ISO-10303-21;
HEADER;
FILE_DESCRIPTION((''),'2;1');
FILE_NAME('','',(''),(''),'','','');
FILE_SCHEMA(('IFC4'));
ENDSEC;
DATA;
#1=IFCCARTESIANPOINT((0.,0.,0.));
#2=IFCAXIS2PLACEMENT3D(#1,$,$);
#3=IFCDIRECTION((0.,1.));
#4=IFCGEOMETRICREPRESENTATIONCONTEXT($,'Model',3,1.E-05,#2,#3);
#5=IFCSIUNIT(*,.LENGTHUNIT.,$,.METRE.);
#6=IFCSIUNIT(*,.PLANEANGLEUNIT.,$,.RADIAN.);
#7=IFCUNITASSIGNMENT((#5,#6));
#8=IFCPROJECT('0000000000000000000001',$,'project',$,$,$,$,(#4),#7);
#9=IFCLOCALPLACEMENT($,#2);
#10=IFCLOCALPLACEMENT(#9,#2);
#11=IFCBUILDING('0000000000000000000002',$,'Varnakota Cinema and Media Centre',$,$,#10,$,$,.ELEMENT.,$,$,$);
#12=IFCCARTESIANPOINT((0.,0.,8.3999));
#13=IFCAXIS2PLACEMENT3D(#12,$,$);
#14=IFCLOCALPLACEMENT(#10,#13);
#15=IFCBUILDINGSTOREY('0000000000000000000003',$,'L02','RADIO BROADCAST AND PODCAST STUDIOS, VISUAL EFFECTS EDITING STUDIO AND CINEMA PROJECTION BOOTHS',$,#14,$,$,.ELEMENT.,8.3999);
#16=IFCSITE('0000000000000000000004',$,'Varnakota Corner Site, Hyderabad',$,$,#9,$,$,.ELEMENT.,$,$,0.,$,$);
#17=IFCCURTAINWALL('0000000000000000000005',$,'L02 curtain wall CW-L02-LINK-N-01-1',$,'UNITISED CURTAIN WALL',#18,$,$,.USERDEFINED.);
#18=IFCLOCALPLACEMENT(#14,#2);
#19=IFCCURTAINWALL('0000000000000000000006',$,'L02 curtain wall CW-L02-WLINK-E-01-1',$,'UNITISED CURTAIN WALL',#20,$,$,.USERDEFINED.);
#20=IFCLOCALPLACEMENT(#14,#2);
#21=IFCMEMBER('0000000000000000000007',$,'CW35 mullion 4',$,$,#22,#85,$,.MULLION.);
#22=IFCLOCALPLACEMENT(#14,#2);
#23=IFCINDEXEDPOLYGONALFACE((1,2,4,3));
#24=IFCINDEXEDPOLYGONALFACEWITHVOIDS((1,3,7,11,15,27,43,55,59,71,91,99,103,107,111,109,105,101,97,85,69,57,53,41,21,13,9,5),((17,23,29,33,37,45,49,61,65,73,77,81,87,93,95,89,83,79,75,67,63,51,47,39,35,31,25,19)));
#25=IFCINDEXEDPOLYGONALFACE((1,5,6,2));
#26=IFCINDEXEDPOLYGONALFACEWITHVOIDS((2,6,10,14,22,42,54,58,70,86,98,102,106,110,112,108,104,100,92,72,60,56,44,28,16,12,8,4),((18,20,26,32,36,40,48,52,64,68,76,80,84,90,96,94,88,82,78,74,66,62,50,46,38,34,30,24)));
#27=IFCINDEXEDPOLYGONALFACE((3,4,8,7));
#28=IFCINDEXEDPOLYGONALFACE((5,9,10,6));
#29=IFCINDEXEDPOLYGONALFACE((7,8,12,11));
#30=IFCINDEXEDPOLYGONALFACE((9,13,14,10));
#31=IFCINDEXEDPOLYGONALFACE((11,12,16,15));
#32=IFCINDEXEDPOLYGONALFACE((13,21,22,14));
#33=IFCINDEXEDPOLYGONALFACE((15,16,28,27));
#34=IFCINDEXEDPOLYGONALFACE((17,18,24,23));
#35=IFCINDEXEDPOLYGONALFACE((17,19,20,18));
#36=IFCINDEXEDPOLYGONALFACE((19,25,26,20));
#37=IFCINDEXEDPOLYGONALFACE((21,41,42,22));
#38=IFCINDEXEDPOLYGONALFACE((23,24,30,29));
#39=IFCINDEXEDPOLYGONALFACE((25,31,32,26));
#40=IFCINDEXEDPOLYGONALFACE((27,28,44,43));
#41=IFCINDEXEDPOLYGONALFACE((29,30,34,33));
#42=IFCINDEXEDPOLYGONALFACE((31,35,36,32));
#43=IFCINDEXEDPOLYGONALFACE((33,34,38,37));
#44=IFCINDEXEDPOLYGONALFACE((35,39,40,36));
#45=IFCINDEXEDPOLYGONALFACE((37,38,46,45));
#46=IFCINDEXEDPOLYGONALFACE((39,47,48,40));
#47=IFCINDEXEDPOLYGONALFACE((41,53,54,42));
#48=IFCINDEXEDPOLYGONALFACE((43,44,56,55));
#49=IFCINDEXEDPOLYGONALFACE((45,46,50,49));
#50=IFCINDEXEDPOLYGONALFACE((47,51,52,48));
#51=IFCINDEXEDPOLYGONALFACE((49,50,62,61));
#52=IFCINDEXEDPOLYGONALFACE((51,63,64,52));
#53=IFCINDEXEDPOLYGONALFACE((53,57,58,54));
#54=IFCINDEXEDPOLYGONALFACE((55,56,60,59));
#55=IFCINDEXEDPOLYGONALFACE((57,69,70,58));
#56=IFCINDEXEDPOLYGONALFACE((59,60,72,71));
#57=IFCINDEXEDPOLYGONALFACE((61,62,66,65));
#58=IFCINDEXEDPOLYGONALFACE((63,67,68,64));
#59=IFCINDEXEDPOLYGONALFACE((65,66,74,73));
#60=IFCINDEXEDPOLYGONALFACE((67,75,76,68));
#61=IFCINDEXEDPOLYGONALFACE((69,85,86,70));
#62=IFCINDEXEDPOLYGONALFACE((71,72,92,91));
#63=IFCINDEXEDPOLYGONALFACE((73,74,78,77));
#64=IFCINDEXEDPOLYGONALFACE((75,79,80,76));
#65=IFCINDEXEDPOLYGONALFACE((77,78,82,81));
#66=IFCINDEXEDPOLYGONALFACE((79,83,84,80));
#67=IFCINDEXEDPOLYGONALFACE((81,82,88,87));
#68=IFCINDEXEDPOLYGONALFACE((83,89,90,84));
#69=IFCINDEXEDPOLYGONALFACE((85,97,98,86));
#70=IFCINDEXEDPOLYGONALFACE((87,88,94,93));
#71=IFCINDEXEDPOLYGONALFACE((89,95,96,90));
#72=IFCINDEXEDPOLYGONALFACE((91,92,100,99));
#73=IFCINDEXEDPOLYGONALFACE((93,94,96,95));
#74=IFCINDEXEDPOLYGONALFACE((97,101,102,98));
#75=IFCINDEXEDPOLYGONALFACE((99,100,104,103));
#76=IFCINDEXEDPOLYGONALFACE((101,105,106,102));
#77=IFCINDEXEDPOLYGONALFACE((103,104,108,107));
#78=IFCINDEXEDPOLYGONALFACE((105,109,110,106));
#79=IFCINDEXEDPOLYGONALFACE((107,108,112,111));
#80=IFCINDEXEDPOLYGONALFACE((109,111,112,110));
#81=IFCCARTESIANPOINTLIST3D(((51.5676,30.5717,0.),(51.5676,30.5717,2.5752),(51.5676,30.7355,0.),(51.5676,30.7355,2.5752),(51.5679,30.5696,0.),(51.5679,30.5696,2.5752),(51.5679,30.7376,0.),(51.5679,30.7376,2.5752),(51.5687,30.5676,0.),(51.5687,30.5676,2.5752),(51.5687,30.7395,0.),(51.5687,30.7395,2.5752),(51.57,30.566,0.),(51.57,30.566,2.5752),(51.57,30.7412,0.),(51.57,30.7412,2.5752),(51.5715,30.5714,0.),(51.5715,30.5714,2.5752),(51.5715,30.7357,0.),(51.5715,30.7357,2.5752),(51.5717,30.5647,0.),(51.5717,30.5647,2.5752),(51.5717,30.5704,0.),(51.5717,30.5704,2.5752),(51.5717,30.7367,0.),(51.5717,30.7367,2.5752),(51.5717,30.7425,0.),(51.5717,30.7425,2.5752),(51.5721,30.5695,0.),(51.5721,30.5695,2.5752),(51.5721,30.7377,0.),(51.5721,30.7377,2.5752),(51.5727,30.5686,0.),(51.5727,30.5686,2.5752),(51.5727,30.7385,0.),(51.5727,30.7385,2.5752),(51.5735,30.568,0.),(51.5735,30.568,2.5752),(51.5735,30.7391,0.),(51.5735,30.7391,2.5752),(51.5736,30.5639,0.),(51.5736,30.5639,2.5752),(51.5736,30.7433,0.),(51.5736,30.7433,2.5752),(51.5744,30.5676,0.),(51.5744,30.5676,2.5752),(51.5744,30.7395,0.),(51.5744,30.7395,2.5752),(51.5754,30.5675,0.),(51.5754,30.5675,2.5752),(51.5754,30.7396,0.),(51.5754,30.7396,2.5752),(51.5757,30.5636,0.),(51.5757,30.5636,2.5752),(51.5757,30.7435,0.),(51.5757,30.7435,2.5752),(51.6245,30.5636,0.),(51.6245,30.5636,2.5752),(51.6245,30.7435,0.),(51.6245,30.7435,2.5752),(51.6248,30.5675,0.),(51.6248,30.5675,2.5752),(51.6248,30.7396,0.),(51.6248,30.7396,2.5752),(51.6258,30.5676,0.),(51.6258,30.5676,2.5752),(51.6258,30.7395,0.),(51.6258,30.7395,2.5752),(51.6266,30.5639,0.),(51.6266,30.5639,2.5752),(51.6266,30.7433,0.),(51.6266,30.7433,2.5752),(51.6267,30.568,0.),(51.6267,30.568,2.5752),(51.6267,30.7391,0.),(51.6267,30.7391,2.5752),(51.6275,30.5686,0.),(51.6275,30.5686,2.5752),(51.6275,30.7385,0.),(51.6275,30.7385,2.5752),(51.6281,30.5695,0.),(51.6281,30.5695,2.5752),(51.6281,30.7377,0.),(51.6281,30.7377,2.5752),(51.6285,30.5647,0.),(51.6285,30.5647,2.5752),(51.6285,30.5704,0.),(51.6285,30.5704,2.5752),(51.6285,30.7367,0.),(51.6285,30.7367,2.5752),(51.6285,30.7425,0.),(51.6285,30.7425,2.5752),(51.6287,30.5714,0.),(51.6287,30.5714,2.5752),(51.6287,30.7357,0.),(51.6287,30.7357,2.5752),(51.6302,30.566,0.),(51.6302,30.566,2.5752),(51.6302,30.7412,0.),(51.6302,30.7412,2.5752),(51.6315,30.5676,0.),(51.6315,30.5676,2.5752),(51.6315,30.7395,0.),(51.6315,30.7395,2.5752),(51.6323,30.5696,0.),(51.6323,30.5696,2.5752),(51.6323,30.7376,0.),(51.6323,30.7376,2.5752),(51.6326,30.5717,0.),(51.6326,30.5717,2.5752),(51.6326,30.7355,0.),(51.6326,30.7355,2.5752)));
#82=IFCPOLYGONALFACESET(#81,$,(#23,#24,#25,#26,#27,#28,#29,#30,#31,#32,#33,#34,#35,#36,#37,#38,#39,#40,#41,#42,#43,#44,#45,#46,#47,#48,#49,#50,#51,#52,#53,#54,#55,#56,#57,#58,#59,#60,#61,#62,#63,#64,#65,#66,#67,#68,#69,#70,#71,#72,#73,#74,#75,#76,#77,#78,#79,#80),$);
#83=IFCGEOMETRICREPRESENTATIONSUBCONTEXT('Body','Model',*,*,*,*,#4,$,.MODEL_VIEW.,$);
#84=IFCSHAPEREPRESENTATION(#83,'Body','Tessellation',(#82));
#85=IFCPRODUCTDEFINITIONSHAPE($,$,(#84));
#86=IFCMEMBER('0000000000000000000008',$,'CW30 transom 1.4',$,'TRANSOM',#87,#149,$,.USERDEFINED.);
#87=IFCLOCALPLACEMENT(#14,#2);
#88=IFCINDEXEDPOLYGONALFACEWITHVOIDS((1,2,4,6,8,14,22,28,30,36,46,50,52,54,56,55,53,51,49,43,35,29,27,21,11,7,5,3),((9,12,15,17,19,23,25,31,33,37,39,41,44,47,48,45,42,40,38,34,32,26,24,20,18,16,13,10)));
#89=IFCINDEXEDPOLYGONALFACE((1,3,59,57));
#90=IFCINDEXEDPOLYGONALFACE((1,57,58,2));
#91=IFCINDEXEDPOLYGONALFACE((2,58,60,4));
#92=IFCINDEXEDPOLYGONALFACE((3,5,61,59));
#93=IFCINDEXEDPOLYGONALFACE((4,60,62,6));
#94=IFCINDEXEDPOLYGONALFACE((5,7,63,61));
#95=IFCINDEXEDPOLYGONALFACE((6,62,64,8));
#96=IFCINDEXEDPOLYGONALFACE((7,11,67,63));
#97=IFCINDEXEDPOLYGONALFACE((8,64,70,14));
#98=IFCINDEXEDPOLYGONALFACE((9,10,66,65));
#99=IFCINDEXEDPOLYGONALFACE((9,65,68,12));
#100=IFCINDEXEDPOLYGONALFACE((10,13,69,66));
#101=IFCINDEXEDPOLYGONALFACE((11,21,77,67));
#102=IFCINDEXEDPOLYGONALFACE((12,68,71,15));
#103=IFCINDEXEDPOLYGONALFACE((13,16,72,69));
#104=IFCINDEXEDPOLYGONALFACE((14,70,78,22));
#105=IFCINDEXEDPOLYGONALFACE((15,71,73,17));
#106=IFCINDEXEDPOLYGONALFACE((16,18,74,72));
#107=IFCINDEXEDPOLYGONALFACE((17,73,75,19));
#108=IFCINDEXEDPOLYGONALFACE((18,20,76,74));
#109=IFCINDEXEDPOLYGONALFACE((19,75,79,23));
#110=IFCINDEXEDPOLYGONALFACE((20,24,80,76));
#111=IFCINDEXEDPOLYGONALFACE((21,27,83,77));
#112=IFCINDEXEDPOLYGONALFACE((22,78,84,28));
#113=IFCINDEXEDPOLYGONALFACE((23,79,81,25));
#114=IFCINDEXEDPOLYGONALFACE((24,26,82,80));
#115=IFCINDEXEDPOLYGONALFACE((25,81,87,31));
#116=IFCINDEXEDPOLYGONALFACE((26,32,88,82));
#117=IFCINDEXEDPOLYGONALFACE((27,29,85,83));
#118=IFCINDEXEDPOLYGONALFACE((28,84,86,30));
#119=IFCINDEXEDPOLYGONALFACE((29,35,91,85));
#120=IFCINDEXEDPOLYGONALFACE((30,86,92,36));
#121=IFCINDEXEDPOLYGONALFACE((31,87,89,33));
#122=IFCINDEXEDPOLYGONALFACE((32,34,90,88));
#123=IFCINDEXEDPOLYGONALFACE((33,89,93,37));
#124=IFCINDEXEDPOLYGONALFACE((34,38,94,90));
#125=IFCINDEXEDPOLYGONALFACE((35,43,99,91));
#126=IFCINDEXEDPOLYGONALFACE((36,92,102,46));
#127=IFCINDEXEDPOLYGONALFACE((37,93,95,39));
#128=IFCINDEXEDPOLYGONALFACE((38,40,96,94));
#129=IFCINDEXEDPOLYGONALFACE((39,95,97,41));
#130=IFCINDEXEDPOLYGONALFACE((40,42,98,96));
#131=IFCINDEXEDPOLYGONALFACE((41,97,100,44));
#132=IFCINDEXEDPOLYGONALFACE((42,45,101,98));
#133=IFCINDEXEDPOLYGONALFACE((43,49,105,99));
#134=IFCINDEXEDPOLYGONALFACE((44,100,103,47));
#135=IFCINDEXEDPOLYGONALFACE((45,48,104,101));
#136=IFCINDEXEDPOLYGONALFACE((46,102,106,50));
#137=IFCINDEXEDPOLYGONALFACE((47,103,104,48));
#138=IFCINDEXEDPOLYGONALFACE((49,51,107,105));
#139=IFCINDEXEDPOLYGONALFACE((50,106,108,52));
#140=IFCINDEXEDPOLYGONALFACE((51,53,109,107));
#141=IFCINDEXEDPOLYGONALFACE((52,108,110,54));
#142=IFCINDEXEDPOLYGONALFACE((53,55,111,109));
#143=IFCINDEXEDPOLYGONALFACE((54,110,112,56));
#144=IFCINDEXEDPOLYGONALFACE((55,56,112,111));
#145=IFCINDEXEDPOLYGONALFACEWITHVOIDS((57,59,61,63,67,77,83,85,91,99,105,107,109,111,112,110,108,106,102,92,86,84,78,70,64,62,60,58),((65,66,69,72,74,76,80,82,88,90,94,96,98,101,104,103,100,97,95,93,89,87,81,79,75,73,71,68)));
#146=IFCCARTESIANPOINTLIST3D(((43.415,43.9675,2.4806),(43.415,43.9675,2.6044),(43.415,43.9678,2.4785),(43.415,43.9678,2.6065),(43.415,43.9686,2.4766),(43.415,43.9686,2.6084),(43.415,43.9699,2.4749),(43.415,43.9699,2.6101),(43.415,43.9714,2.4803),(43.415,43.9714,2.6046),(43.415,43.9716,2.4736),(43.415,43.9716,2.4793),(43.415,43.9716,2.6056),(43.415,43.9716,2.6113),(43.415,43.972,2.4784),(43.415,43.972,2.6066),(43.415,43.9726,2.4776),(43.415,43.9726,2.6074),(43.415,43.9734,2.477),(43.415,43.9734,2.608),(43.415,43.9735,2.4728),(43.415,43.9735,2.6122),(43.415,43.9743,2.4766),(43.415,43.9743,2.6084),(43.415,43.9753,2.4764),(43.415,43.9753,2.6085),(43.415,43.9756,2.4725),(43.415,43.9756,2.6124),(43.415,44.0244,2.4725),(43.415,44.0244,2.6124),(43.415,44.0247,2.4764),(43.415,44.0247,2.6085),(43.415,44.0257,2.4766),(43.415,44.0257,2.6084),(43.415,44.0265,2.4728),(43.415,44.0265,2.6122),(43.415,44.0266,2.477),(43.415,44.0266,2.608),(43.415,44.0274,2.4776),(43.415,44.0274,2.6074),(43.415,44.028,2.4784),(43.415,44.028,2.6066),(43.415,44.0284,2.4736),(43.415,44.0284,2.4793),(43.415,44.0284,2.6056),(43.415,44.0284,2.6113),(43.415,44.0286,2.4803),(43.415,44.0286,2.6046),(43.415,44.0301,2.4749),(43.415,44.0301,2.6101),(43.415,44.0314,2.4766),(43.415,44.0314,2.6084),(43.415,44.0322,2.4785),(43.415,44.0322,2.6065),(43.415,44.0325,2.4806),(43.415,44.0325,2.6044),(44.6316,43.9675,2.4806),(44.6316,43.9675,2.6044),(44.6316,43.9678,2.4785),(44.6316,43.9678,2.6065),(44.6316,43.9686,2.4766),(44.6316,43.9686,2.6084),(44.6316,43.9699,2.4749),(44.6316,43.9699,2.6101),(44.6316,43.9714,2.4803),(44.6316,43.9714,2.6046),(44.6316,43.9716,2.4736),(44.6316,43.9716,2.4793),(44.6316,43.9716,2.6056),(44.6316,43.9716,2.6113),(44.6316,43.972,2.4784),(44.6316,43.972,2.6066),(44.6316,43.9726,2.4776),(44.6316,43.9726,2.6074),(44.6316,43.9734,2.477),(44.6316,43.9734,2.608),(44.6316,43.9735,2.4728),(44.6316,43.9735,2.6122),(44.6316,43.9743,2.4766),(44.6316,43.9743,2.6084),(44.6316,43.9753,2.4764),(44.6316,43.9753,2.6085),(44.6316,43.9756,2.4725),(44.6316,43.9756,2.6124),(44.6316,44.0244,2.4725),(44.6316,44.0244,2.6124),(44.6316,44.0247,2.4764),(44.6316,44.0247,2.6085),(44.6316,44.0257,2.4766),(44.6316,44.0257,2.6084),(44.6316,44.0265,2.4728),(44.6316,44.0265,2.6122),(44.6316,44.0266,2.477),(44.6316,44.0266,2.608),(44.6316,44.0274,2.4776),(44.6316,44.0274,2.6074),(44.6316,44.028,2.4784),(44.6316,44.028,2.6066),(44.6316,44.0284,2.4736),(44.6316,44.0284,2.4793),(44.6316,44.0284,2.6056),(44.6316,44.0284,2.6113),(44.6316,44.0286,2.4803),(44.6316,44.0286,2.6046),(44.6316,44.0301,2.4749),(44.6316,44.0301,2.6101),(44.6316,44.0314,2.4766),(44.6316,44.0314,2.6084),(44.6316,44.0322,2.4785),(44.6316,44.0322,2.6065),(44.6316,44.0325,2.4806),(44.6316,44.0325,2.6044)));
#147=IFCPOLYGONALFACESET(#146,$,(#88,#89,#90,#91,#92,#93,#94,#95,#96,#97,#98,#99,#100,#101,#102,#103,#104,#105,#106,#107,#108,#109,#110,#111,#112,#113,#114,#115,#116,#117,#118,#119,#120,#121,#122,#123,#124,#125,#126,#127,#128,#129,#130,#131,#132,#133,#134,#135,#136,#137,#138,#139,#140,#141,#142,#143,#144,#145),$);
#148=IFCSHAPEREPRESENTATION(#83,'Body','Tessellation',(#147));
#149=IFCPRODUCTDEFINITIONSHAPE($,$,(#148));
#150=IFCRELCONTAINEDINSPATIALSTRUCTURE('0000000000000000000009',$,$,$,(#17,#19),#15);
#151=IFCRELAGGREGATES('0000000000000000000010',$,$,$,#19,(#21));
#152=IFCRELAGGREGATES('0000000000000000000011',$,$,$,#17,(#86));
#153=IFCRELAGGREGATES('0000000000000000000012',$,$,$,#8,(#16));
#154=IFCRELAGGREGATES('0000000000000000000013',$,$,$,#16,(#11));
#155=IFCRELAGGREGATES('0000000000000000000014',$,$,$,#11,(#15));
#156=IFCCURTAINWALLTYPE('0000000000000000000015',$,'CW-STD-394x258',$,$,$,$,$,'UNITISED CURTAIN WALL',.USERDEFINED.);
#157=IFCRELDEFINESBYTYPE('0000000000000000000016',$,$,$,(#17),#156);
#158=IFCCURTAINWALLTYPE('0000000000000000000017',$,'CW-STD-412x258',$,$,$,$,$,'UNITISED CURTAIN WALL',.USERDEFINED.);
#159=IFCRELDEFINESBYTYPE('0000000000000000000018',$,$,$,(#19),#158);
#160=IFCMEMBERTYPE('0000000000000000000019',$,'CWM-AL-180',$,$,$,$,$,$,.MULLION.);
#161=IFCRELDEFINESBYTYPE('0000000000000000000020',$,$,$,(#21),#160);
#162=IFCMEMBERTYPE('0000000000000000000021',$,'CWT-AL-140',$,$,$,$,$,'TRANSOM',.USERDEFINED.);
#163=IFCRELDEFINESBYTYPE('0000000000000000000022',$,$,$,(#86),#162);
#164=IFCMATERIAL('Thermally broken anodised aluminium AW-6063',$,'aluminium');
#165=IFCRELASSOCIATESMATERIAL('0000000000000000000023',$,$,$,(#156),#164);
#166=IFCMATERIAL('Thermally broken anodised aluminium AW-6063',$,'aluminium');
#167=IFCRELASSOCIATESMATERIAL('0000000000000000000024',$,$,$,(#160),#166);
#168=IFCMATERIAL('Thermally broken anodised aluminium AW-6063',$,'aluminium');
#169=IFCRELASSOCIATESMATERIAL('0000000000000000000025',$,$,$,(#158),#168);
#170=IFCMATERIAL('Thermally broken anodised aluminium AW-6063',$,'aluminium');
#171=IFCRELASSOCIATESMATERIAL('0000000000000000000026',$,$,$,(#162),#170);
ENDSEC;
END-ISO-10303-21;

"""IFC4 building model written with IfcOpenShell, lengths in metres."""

from ifc_helpers import new_model, si_unit, direction, frame, origin, origin_2d, place, context, subcontext, project, spatial, hollow_rectangle, extrude, material, material_profile, profile_set, type_object, element, aggregate, save


model = new_model("IFC4")

# Units and contexts
model_context = context("Model", 3, precision=1e-05, world=origin(), true_north=direction((0.0, 1.0)))
body_context = subcontext(model_context, "Body", "Model", "MODEL_VIEW")
ifc_project = project(units=[si_unit("LENGTHUNIT", "METRE"), si_unit("PLANEANGLEUNIT", "RADIAN")], contexts=[model_context])

# Site, building, storey
site_placement = place(None, origin())
site = spatial("IfcSite", under=ifc_project, at=site_placement, Name="Varnakota Corner Site, Hyderabad", CompositionType="ELEMENT", RefElevation=0.0)
building_placement = place(site_placement, origin())
building = spatial("IfcBuilding", under=site, at=building_placement, Name="Varnakota Cinema and Media Centre", CompositionType="ELEMENT")
storey_placement = place(building_placement, frame((0.0, 0.0, 8.3999)))
storey = spatial("IfcBuildingStorey", under=building, at=storey_placement, Name="L02", Description="RADIO BROADCAST AND PODCAST STUDIOS, VISUAL EFFECTS EDITING STUDIO AND CINEMA PROJECTION BOOTHS", CompositionType="ELEMENT", Elevation=8.3999)

# Curtain walls, member
ifc_material_1 = material(Name="Thermally broken anodised aluminium AW-6063", Category="aluminium")
curtain_wall_type_1 = type_object("IfcCurtainWallType", Name="CW-STD-394x258", ElementType="UNITISED CURTAIN WALL", PredefinedType="USERDEFINED", material=ifc_material_1)
curtain_wall_1_placement = place(storey_placement, origin())
curtain_wall_1 = element("IfcCurtainWall", 1, at=curtain_wall_1_placement, inside=storey, type_object=curtain_wall_type_1, Name="L02 curtain wall CW-L02-LINK-N-01-1", ObjectType="UNITISED CURTAIN WALL", PredefinedType="USERDEFINED")
ifc_material_2 = material(Name="Thermally broken anodised aluminium AW-6063", Category="aluminium")
ifc_material_profile_1 = material_profile(ifc_material_2, hollow_rectangle(XDim=0.0649, YDim=0.1799, WallThickness=0.0039, InnerFilletRadius=0.0039, OuterFilletRadius=0.0081, at=origin_2d()), Name="AL-MULLION 180x65x4")
ifc_profile_set_1 = profile_set([ifc_material_profile_1], Name="Thermally broken anodised aluminium AW-6063")
member_type_1 = type_object("IfcMemberType", Name="CWM-AL-180", PredefinedType="MULLION", material=ifc_profile_set_1)
ifc_material_3 = material(Name="Thermally broken anodised aluminium AW-6063", Category="aluminium")
curtain_wall_type_2 = type_object("IfcCurtainWallType", Name="CW-STD-412x258", ElementType="UNITISED CURTAIN WALL", PredefinedType="USERDEFINED", material=ifc_material_3)
curtain_wall_2_placement = place(storey_placement, origin())
curtain_wall_2 = element("IfcCurtainWall", 2, at=curtain_wall_2_placement, inside=storey, type_object=curtain_wall_type_2, Name="L02 curtain wall CW-L02-WLINK-E-01-1", ObjectType="UNITISED CURTAIN WALL", PredefinedType="USERDEFINED")
member_1_placement = place(storey_placement, frame((51.6001, 30.6536, 0.0), z_axis=(0.0, 0.0, 1.0), x_axis=(-1.0, 0.0, 0.0)))
member_1 = element("IfcMember", 3, at=member_1_placement, type_object=member_type_1, Name="CW35 mullion 4", PredefinedType="MULLION", context=body_context, shape_type="SweptSolid", body=[
    extrude(hollow_rectangle(XDim=0.0649, YDim=0.1799, WallThickness=0.0039, InnerFilletRadius=0.0039, OuterFilletRadius=0.0081, at=origin_2d()), origin(), (0.0, 0.0, 1.0), 2.5752),
])

# Member
ifc_material_4 = material(Name="Thermally broken anodised aluminium AW-6063", Category="aluminium")
ifc_material_profile_2 = material_profile(ifc_material_4, hollow_rectangle(XDim=0.0649, YDim=0.1399, WallThickness=0.0039, InnerFilletRadius=0.0039, OuterFilletRadius=0.0081, at=origin_2d()), Name="AL-TRANSOM 140x65x4")
ifc_profile_set_2 = profile_set([ifc_material_profile_2], Name="Thermally broken anodised aluminium AW-6063")
member_type_2 = type_object("IfcMemberType", Name="CWT-AL-140", ElementType="TRANSOM", PredefinedType="USERDEFINED", material=ifc_profile_set_2)
member_2_placement = place(storey_placement, frame((43.415, 44.0, 2.5425), z_axis=(1.0, 0.0, 0.0), x_axis=(0.0, 1.0, 0.0)))
member_2 = element("IfcMember", 4, at=member_2_placement, type_object=member_type_2, Name="CW30 transom 1.4", ObjectType="TRANSOM", PredefinedType="USERDEFINED", context=body_context, shape_type="SweptSolid", body=[
    extrude(hollow_rectangle(XDim=0.0649, YDim=0.1399, WallThickness=0.0039, InnerFilletRadius=0.0039, OuterFilletRadius=0.0081, at=origin_2d()), origin(), (0.0, 0.0, 1.0), 1.2166),
])
aggregate(curtain_wall_2, [member_1])

aggregate(curtain_wall_1, [member_2])

save(model, "model.ifc")
